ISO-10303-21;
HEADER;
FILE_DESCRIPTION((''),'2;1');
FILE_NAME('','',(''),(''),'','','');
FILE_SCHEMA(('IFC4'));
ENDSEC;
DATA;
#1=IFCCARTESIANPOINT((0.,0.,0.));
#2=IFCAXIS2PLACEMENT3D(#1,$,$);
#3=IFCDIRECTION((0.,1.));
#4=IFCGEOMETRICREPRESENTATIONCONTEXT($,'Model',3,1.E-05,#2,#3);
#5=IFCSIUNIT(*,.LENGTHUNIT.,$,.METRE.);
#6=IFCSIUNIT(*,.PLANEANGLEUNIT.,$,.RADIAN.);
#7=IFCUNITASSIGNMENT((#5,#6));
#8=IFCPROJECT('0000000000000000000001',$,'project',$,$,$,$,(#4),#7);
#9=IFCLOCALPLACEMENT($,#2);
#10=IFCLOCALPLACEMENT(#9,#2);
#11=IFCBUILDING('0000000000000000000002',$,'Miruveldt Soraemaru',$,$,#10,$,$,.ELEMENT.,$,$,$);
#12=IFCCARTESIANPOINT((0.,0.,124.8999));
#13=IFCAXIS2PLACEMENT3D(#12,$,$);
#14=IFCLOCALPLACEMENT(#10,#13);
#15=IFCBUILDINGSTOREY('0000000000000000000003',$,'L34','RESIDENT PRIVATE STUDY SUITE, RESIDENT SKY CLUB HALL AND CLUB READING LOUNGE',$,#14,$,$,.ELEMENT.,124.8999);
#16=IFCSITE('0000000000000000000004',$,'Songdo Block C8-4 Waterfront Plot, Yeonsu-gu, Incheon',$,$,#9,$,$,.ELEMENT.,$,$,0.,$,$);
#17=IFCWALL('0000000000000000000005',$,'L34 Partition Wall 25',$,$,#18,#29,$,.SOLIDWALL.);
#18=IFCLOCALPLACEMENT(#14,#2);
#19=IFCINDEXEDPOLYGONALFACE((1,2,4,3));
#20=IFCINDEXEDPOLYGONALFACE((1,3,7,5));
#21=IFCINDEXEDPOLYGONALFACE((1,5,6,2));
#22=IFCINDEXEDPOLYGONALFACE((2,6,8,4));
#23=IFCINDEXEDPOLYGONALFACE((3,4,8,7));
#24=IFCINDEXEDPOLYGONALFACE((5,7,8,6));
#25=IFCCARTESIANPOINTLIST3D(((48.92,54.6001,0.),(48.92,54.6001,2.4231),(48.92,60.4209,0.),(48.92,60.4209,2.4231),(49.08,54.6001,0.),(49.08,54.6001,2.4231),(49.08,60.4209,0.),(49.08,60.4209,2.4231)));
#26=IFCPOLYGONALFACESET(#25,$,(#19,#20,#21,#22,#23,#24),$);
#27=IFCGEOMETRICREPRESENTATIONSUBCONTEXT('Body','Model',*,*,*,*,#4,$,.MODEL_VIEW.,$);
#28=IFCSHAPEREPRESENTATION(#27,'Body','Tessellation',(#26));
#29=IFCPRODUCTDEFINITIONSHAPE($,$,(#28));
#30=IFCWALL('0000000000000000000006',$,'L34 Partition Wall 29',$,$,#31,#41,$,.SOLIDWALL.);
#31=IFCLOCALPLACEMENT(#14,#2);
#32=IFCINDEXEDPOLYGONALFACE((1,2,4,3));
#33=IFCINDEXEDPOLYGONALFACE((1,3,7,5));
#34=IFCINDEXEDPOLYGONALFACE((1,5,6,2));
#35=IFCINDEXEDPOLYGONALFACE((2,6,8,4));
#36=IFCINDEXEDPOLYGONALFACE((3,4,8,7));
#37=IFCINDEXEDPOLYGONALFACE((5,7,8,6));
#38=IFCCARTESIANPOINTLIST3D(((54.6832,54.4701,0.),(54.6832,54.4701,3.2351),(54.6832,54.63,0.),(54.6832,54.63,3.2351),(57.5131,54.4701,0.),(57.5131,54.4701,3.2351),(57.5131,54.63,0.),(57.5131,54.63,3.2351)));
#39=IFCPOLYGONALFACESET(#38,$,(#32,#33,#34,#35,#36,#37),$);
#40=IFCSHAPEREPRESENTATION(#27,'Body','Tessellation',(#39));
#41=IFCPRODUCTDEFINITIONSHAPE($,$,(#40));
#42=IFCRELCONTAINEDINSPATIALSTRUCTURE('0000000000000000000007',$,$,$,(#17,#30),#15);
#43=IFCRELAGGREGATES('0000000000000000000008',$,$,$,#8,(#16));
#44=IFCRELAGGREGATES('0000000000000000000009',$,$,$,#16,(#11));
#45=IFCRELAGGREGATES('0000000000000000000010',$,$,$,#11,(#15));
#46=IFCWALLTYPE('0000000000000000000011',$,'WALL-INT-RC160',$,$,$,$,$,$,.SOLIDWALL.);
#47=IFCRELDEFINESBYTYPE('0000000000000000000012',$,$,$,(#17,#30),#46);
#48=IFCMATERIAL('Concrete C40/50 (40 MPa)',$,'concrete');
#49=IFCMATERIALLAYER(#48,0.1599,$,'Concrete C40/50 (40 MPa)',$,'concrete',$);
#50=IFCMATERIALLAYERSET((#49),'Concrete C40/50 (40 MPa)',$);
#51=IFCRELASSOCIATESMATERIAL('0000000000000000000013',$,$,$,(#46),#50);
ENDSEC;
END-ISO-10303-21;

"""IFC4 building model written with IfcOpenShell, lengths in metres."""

from ifc_helpers import new_model, si_unit, direction, frame, frame_2d, origin, place, context, subcontext, project, spatial, rectangle, extrude, material, layer, layer_set, type_object, element, save


model = new_model("IFC4")

# Units and contexts
model_context = context("Model", 3, precision=1e-05, world=origin(), true_north=direction((0.0, 1.0)))
body_context = subcontext(model_context, "Body", "Model", "MODEL_VIEW")
ifc_project = project(units=[si_unit("LENGTHUNIT", "METRE"), si_unit("PLANEANGLEUNIT", "RADIAN")], contexts=[model_context])

# Site, building, storey
site_placement = place(None, origin())
site = spatial("IfcSite", under=ifc_project, at=site_placement, Name="Songdo Block C8-4 Waterfront Plot, Yeonsu-gu, Incheon", CompositionType="ELEMENT", RefElevation=0.0)
building_placement = place(site_placement, origin())
building = spatial("IfcBuilding", under=site, at=building_placement, Name="Miruveldt Soraemaru", CompositionType="ELEMENT")
storey_placement = place(building_placement, frame((0.0, 0.0, 124.8999)))
storey = spatial("IfcBuildingStorey", under=building, at=storey_placement, Name="L34", Description="RESIDENT PRIVATE STUDY SUITE, RESIDENT SKY CLUB HALL AND CLUB READING LOUNGE", CompositionType="ELEMENT", Elevation=124.8999)

# Shared definitions
ifc_material_1 = material(Name="Concrete C40/50 (40 MPa)", Category="concrete")
ifc_layer_1 = layer(ifc_material_1, 0.1599, Name="Concrete C40/50 (40 MPa)", Category="concrete")
ifc_layer_set_1 = layer_set([ifc_layer_1], Name="Concrete C40/50 (40 MPa)")
wall_type_1 = type_object("IfcWallType", Name="WALL-INT-RC160", PredefinedType="SOLIDWALL", material=ifc_layer_set_1)

# Walls
wall_1_placement = place(storey_placement, frame((49.0, 54.6001, 0.0), z_axis=(0.0, 0.0, 1.0), x_axis=(0.0, 1.0, 0.0)))
element("IfcWall", 1, at=wall_1_placement, inside=storey, type_object=wall_type_1, Name="L34 Partition Wall 25", PredefinedType="SOLIDWALL", context=body_context, shape_type="SweptSolid", body=[
    extrude(rectangle(XDim=5.8208, YDim=0.1599, at=frame_2d((2.9104, 0.0))), origin(), (0.0, 0.0, 1.0), 2.4231),
])
wall_2_placement = place(storey_placement, frame((54.6831, 54.55, 0.0), z_axis=(0.0, 0.0, 1.0), x_axis=(1.0, 0.0, 0.0)))
element("IfcWall", 2, at=wall_2_placement, inside=storey, type_object=wall_type_1, Name="L34 Partition Wall 29", PredefinedType="SOLIDWALL", context=body_context, shape_type="SweptSolid", body=[
    extrude(rectangle(XDim=2.8298, YDim=0.1599, at=frame_2d((1.415, 0.0))), origin(), (0.0, 0.0, 1.0), 3.2351),
])

save(model, "model.ifc")
